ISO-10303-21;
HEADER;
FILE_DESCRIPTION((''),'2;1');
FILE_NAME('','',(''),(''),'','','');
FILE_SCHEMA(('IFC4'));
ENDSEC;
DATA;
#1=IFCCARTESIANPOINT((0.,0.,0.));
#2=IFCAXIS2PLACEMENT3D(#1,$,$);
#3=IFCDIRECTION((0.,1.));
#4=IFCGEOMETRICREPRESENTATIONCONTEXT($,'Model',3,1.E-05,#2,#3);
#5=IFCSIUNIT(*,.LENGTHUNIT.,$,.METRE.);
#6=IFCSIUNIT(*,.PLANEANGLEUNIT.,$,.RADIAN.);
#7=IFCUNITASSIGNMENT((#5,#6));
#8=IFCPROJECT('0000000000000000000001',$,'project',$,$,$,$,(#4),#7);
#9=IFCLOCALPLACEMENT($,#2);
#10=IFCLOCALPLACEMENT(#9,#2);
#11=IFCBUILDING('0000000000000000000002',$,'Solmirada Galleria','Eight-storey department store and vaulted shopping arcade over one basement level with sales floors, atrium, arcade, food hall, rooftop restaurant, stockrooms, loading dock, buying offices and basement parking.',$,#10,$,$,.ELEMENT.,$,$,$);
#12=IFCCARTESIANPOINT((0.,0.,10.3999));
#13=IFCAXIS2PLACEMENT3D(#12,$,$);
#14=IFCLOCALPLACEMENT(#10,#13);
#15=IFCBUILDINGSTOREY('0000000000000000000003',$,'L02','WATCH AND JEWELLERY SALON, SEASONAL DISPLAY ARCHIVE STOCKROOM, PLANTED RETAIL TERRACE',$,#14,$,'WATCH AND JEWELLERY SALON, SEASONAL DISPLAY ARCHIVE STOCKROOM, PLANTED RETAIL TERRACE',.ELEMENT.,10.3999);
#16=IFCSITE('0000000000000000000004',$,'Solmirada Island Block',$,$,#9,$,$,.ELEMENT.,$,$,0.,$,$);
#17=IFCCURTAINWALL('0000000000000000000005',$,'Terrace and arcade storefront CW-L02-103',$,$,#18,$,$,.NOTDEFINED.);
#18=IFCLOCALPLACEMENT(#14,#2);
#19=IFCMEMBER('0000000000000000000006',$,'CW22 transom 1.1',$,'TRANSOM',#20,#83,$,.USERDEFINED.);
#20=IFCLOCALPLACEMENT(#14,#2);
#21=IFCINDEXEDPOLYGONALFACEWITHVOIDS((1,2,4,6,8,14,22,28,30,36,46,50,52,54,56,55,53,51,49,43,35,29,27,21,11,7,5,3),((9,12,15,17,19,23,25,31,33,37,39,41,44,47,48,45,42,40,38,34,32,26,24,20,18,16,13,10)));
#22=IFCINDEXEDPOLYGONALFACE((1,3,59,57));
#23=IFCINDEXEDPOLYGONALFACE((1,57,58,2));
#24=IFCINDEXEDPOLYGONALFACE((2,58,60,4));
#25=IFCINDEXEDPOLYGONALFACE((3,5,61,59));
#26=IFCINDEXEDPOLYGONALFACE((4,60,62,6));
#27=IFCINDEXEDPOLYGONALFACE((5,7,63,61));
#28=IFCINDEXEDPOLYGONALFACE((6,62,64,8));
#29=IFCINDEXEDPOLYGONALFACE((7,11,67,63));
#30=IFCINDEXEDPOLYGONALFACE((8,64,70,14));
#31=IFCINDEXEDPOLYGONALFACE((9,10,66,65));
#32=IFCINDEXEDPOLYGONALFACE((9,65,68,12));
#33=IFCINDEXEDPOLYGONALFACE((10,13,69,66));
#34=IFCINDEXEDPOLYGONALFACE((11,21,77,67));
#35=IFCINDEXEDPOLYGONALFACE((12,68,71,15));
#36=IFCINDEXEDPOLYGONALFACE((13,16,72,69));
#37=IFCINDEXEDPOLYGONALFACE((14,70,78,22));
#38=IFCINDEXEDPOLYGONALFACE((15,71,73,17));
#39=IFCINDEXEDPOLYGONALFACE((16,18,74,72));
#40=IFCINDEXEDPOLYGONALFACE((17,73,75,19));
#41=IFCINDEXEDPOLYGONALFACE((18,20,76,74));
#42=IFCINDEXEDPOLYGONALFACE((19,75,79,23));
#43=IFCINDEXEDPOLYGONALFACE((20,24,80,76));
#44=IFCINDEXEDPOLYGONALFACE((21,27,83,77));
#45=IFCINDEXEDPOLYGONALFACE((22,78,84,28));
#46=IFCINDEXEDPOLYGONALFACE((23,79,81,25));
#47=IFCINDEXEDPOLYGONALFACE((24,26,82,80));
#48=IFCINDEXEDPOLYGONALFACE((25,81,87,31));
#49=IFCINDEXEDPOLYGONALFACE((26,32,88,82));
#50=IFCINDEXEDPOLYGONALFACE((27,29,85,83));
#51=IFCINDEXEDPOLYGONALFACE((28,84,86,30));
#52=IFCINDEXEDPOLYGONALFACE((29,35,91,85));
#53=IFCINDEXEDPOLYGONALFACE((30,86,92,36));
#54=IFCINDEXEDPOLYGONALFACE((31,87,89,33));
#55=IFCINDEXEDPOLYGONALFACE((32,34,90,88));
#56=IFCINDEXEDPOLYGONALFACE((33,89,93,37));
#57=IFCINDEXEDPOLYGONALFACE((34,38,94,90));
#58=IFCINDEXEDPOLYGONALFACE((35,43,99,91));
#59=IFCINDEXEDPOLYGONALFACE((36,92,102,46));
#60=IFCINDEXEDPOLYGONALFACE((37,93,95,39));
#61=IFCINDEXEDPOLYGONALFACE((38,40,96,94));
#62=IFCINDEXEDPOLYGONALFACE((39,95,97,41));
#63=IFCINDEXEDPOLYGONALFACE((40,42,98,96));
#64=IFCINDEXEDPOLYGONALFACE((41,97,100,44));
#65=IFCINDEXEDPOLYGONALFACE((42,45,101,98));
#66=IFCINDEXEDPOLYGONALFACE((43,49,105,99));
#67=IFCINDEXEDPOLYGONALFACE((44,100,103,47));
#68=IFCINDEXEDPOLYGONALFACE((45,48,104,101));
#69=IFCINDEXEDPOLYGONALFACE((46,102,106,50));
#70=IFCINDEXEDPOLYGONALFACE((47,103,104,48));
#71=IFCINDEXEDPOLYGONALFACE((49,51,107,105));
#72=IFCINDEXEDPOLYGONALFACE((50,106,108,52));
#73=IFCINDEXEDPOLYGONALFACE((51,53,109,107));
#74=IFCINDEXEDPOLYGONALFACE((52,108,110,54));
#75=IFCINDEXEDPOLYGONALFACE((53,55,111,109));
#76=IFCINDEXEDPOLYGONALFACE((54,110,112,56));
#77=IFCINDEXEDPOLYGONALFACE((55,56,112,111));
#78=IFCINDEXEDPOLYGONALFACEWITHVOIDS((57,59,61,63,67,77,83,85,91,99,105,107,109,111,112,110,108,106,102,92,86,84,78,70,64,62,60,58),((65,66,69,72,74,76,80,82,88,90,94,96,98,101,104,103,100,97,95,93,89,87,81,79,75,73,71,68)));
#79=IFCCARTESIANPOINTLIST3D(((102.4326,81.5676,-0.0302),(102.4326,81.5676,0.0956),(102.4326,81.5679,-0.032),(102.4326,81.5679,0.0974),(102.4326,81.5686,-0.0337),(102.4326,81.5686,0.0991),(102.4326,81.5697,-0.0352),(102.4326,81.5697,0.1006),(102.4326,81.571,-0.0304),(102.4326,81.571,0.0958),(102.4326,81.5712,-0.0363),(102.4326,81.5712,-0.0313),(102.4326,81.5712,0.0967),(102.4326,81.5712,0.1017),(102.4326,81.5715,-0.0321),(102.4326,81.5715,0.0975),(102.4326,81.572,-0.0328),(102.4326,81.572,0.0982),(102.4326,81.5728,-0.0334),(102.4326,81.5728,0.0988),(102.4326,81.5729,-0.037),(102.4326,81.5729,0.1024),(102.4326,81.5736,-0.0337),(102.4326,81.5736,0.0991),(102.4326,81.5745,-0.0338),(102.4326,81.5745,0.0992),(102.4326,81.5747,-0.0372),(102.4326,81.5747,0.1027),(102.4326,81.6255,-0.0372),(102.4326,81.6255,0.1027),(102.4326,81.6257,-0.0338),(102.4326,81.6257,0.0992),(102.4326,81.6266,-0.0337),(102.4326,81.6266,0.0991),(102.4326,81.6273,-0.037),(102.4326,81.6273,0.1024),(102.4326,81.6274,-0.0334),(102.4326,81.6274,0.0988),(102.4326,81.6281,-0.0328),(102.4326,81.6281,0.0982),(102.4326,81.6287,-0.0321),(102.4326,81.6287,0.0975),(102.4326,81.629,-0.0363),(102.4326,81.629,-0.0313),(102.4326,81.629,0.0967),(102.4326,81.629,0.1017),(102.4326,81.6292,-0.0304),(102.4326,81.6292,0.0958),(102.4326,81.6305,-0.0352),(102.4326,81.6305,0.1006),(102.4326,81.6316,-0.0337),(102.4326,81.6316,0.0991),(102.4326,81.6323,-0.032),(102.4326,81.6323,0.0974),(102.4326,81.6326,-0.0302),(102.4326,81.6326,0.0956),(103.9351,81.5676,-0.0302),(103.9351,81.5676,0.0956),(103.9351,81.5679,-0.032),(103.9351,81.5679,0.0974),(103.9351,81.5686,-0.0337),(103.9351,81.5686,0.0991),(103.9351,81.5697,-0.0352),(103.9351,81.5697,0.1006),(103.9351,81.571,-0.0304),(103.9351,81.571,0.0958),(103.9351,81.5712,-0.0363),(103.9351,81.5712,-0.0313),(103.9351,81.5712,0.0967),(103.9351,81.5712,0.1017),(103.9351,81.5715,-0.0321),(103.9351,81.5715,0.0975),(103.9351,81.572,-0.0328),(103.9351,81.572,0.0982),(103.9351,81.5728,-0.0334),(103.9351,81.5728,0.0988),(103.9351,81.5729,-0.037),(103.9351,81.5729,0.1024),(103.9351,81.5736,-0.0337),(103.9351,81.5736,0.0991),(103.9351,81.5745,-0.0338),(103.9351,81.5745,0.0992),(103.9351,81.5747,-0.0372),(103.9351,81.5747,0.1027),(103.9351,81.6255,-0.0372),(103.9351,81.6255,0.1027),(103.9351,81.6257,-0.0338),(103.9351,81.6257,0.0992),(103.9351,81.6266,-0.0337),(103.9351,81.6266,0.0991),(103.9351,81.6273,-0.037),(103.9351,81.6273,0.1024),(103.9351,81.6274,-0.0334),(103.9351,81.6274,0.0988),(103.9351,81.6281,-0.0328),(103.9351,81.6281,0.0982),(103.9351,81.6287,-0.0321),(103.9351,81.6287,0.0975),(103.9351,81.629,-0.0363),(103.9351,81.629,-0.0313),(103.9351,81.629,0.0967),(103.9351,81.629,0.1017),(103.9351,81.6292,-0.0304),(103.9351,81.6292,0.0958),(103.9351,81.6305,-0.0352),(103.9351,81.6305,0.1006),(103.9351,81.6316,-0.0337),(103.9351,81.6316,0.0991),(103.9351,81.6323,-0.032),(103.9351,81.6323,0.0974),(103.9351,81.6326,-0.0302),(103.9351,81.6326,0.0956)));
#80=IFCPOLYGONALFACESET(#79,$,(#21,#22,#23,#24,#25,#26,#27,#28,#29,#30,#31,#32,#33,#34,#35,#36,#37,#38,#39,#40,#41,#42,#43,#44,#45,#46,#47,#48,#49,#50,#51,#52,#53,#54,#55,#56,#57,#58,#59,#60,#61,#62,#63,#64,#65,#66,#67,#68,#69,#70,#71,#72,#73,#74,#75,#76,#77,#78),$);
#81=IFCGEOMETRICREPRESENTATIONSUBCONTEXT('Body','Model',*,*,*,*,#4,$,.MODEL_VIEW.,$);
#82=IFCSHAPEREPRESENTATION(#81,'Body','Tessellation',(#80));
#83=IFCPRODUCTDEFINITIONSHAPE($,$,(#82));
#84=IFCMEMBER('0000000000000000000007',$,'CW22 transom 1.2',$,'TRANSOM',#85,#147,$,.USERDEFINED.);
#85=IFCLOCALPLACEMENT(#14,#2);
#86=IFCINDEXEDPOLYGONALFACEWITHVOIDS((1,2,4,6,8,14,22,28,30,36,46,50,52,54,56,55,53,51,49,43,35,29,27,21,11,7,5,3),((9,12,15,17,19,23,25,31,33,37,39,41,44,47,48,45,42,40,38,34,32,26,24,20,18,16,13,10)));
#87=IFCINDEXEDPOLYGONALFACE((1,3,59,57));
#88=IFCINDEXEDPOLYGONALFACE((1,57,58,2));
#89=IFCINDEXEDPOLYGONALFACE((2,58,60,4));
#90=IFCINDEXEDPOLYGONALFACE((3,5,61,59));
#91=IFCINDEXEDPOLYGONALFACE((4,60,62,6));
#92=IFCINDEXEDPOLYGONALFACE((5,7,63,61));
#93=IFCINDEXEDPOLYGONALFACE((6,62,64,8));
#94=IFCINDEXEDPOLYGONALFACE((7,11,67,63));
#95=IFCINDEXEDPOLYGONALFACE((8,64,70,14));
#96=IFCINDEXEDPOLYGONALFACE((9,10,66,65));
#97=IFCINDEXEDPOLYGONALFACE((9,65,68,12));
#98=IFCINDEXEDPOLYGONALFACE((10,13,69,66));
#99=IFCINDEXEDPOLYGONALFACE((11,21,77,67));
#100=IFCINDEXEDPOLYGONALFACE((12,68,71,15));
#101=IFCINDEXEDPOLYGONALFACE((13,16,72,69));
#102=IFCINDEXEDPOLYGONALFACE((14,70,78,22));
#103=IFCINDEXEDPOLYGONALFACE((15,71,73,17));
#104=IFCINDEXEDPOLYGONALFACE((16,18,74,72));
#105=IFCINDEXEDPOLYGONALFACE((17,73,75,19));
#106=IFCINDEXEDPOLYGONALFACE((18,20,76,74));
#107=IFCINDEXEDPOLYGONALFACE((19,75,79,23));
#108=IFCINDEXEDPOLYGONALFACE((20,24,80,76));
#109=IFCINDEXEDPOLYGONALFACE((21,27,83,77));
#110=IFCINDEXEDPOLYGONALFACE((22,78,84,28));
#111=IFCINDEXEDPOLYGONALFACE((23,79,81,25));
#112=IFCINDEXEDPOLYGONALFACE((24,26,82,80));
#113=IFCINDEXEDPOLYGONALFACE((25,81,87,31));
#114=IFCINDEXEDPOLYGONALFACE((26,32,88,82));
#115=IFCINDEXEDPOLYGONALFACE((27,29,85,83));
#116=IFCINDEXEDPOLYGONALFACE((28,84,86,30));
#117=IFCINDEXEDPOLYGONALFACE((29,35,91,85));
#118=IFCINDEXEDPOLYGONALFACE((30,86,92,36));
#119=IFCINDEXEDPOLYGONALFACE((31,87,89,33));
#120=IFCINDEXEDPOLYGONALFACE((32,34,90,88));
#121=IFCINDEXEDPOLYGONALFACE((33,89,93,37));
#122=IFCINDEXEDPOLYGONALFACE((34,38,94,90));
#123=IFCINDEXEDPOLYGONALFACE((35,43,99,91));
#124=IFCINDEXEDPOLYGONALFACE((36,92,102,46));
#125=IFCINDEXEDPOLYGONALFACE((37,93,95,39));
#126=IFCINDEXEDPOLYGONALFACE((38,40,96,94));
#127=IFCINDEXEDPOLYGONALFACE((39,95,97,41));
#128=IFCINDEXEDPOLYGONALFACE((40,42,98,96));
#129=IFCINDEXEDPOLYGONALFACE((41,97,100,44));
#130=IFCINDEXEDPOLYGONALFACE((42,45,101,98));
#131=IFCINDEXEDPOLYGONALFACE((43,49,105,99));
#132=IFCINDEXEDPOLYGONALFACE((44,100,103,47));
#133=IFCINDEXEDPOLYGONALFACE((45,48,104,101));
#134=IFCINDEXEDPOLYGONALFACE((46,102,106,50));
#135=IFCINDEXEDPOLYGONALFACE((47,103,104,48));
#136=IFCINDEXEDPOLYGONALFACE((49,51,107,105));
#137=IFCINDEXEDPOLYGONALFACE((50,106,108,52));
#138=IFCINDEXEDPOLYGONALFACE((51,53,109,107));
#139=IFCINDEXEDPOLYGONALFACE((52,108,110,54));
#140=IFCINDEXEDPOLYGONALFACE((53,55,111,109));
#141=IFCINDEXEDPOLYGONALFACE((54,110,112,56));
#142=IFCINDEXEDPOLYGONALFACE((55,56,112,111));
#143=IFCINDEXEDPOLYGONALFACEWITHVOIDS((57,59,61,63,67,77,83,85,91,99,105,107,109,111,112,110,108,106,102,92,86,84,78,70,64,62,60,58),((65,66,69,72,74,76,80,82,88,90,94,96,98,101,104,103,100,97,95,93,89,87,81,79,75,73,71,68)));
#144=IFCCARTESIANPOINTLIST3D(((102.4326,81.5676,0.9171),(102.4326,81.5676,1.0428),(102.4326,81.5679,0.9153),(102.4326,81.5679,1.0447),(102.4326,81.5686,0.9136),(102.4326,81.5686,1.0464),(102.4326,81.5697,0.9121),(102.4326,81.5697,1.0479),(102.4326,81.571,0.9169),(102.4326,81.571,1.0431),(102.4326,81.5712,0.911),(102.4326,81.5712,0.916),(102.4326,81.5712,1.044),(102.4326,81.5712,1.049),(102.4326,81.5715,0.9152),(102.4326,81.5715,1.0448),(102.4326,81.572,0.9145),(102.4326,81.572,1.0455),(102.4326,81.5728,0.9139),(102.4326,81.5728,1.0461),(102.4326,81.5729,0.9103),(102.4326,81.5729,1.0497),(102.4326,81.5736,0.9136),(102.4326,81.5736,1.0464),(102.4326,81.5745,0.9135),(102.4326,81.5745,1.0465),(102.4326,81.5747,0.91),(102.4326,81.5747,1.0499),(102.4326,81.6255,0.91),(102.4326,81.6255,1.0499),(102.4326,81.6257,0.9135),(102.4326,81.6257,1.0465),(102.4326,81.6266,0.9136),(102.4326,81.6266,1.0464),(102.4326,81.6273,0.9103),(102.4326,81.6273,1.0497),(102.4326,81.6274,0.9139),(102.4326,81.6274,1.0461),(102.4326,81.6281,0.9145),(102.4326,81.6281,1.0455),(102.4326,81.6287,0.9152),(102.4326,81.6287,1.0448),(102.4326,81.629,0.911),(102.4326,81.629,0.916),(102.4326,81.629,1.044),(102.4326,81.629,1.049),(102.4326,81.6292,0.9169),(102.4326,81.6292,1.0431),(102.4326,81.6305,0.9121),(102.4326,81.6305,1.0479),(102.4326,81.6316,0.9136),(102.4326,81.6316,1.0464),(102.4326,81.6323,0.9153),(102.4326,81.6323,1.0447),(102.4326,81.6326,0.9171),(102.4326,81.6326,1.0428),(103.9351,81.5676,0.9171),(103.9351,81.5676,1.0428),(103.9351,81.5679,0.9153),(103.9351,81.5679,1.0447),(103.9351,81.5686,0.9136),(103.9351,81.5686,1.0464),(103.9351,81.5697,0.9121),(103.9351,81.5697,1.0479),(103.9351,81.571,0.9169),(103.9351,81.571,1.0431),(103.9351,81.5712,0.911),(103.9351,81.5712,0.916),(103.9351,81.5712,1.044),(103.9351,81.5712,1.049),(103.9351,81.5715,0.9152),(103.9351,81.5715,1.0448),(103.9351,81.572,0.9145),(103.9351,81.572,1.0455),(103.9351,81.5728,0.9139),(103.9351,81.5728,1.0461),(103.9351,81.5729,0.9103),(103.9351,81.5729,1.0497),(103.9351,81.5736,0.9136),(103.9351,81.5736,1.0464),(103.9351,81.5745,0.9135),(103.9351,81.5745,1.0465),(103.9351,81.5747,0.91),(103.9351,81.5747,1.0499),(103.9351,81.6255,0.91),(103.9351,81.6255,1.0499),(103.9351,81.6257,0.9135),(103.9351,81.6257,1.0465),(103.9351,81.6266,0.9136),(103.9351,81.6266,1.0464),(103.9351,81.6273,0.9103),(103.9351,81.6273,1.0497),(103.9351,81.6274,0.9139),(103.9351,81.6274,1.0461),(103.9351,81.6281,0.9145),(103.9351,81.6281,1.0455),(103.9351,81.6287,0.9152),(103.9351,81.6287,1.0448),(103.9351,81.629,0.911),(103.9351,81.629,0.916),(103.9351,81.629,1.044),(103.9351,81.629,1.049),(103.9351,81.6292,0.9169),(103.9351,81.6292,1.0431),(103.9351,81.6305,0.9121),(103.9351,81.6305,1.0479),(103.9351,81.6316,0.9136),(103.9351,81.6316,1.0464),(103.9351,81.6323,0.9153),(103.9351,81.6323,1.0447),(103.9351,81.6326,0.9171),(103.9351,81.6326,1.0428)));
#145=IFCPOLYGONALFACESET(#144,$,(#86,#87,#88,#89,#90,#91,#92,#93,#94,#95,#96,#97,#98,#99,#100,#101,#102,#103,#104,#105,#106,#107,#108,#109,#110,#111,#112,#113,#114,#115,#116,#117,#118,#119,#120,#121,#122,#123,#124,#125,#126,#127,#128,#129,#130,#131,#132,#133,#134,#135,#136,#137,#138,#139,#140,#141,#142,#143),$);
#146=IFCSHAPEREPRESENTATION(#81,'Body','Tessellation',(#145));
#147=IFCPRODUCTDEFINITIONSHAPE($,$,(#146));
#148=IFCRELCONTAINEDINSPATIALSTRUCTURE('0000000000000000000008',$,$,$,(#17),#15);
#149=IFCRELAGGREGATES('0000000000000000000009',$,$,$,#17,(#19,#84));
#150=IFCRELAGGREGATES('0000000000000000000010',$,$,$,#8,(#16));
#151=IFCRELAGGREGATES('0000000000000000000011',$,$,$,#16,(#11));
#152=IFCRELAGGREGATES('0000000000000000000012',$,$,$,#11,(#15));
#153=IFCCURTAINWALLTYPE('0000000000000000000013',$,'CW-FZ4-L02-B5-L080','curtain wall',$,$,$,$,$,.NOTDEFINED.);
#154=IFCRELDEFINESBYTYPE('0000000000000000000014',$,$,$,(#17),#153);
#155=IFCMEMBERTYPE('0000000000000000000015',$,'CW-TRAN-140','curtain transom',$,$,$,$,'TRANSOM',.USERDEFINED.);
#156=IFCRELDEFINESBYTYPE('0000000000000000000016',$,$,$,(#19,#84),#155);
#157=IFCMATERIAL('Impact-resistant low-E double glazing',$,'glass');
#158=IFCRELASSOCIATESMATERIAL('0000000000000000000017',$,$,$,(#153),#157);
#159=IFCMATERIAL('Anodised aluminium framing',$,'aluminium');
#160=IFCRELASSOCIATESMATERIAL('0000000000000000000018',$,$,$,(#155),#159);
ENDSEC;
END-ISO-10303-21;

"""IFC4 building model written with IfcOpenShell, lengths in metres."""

from ifc_helpers import new_model, si_unit, direction, frame, origin, origin_2d, place, context, subcontext, project, spatial, hollow_rectangle, extrude, material, material_profile, profile_set, type_object, element, aggregate, save


model = new_model("IFC4")

# Units and contexts
model_context = context("Model", 3, precision=1e-05, world=origin(), true_north=direction((0.0, 1.0)))
body_context = subcontext(model_context, "Body", "Model", "MODEL_VIEW")
ifc_project = project(units=[si_unit("LENGTHUNIT", "METRE"), si_unit("PLANEANGLEUNIT", "RADIAN")], contexts=[model_context])

# Site, building, storey
site_placement = place(None, origin())
site = spatial("IfcSite", under=ifc_project, at=site_placement, Name="Solmirada Island Block", CompositionType="ELEMENT", RefElevation=0.0)
building_placement = place(site_placement, origin())
building = spatial("IfcBuilding", under=site, at=building_placement, Name="Solmirada Galleria", Description="Eight-storey department store and vaulted shopping arcade over one basement level with sales floors, atrium, arcade, food hall, rooftop restaurant, stockrooms, loading dock, buying offices and basement parking.", CompositionType="ELEMENT")
storey_placement = place(building_placement, frame((0.0, 0.0, 10.3999)))
storey = spatial("IfcBuildingStorey", under=building, at=storey_placement, Name="L02", Description="WATCH AND JEWELLERY SALON, SEASONAL DISPLAY ARCHIVE STOCKROOM, PLANTED RETAIL TERRACE", LongName="WATCH AND JEWELLERY SALON, SEASONAL DISPLAY ARCHIVE STOCKROOM, PLANTED RETAIL TERRACE", CompositionType="ELEMENT", Elevation=10.3999)

# Curtain wall, members
ifc_material_1 = material(Name="Impact-resistant low-E double glazing", Category="glass")
curtain_wall_type = type_object("IfcCurtainWallType", Name="CW-FZ4-L02-B5-L080", Description="curtain wall", PredefinedType="NOTDEFINED", material=ifc_material_1)
curtain_wall_placement = place(storey_placement, origin())
curtain_wall = element("IfcCurtainWall", 1, at=curtain_wall_placement, inside=storey, type_object=curtain_wall_type, Name="Terrace and arcade storefront CW-L02-103", PredefinedType="NOTDEFINED")
ifc_material_2 = material(Name="Anodised aluminium framing", Category="aluminium")
ifc_material_profile_1 = material_profile(ifc_material_2, hollow_rectangle(XDim=0.0649, YDim=0.1399, WallThickness=0.0034, InnerFilletRadius=0.0034, OuterFilletRadius=0.0071, at=origin_2d()), Name="ALU-TRAN-140X65")
ifc_profile_set_1 = profile_set([ifc_material_profile_1], Name="Anodised aluminium framing")
member_type_1 = type_object("IfcMemberType", Name="CW-TRAN-140", Description="curtain transom", ElementType="TRANSOM", PredefinedType="USERDEFINED", material=ifc_profile_set_1)
member_1_placement = place(storey_placement, frame((103.9351, 81.6001, 0.0327), z_axis=(-1.0, 0.0, 0.0), x_axis=(0.0, -1.0, 0.0)))
member_1 = element("IfcMember", 2, at=member_1_placement, type_object=member_type_1, Name="CW22 transom 1.1", ObjectType="TRANSOM", PredefinedType="USERDEFINED", context=body_context, shape_type="SweptSolid", body=[
    extrude(hollow_rectangle(XDim=0.0649, YDim=0.1399, WallThickness=0.0034, InnerFilletRadius=0.0034, OuterFilletRadius=0.0071, at=origin_2d()), origin(), (0.0, 0.0, 1.0), 1.5024),
])
member_2_placement = place(storey_placement, frame((103.9351, 81.6001, 0.98), z_axis=(-1.0, 0.0, 0.0), x_axis=(0.0, -1.0, 0.0)))
member_2 = element("IfcMember", 3, at=member_2_placement, type_object=member_type_1, Name="CW22 transom 1.2", ObjectType="TRANSOM", PredefinedType="USERDEFINED", context=body_context, shape_type="SweptSolid", body=[
    extrude(hollow_rectangle(XDim=0.0649, YDim=0.1399, WallThickness=0.0034, InnerFilletRadius=0.0034, OuterFilletRadius=0.0071, at=origin_2d()), origin(), (0.0, 0.0, 1.0), 1.5024),
])
aggregate(curtain_wall, [member_1, member_2])

save(model, "model.ifc")
